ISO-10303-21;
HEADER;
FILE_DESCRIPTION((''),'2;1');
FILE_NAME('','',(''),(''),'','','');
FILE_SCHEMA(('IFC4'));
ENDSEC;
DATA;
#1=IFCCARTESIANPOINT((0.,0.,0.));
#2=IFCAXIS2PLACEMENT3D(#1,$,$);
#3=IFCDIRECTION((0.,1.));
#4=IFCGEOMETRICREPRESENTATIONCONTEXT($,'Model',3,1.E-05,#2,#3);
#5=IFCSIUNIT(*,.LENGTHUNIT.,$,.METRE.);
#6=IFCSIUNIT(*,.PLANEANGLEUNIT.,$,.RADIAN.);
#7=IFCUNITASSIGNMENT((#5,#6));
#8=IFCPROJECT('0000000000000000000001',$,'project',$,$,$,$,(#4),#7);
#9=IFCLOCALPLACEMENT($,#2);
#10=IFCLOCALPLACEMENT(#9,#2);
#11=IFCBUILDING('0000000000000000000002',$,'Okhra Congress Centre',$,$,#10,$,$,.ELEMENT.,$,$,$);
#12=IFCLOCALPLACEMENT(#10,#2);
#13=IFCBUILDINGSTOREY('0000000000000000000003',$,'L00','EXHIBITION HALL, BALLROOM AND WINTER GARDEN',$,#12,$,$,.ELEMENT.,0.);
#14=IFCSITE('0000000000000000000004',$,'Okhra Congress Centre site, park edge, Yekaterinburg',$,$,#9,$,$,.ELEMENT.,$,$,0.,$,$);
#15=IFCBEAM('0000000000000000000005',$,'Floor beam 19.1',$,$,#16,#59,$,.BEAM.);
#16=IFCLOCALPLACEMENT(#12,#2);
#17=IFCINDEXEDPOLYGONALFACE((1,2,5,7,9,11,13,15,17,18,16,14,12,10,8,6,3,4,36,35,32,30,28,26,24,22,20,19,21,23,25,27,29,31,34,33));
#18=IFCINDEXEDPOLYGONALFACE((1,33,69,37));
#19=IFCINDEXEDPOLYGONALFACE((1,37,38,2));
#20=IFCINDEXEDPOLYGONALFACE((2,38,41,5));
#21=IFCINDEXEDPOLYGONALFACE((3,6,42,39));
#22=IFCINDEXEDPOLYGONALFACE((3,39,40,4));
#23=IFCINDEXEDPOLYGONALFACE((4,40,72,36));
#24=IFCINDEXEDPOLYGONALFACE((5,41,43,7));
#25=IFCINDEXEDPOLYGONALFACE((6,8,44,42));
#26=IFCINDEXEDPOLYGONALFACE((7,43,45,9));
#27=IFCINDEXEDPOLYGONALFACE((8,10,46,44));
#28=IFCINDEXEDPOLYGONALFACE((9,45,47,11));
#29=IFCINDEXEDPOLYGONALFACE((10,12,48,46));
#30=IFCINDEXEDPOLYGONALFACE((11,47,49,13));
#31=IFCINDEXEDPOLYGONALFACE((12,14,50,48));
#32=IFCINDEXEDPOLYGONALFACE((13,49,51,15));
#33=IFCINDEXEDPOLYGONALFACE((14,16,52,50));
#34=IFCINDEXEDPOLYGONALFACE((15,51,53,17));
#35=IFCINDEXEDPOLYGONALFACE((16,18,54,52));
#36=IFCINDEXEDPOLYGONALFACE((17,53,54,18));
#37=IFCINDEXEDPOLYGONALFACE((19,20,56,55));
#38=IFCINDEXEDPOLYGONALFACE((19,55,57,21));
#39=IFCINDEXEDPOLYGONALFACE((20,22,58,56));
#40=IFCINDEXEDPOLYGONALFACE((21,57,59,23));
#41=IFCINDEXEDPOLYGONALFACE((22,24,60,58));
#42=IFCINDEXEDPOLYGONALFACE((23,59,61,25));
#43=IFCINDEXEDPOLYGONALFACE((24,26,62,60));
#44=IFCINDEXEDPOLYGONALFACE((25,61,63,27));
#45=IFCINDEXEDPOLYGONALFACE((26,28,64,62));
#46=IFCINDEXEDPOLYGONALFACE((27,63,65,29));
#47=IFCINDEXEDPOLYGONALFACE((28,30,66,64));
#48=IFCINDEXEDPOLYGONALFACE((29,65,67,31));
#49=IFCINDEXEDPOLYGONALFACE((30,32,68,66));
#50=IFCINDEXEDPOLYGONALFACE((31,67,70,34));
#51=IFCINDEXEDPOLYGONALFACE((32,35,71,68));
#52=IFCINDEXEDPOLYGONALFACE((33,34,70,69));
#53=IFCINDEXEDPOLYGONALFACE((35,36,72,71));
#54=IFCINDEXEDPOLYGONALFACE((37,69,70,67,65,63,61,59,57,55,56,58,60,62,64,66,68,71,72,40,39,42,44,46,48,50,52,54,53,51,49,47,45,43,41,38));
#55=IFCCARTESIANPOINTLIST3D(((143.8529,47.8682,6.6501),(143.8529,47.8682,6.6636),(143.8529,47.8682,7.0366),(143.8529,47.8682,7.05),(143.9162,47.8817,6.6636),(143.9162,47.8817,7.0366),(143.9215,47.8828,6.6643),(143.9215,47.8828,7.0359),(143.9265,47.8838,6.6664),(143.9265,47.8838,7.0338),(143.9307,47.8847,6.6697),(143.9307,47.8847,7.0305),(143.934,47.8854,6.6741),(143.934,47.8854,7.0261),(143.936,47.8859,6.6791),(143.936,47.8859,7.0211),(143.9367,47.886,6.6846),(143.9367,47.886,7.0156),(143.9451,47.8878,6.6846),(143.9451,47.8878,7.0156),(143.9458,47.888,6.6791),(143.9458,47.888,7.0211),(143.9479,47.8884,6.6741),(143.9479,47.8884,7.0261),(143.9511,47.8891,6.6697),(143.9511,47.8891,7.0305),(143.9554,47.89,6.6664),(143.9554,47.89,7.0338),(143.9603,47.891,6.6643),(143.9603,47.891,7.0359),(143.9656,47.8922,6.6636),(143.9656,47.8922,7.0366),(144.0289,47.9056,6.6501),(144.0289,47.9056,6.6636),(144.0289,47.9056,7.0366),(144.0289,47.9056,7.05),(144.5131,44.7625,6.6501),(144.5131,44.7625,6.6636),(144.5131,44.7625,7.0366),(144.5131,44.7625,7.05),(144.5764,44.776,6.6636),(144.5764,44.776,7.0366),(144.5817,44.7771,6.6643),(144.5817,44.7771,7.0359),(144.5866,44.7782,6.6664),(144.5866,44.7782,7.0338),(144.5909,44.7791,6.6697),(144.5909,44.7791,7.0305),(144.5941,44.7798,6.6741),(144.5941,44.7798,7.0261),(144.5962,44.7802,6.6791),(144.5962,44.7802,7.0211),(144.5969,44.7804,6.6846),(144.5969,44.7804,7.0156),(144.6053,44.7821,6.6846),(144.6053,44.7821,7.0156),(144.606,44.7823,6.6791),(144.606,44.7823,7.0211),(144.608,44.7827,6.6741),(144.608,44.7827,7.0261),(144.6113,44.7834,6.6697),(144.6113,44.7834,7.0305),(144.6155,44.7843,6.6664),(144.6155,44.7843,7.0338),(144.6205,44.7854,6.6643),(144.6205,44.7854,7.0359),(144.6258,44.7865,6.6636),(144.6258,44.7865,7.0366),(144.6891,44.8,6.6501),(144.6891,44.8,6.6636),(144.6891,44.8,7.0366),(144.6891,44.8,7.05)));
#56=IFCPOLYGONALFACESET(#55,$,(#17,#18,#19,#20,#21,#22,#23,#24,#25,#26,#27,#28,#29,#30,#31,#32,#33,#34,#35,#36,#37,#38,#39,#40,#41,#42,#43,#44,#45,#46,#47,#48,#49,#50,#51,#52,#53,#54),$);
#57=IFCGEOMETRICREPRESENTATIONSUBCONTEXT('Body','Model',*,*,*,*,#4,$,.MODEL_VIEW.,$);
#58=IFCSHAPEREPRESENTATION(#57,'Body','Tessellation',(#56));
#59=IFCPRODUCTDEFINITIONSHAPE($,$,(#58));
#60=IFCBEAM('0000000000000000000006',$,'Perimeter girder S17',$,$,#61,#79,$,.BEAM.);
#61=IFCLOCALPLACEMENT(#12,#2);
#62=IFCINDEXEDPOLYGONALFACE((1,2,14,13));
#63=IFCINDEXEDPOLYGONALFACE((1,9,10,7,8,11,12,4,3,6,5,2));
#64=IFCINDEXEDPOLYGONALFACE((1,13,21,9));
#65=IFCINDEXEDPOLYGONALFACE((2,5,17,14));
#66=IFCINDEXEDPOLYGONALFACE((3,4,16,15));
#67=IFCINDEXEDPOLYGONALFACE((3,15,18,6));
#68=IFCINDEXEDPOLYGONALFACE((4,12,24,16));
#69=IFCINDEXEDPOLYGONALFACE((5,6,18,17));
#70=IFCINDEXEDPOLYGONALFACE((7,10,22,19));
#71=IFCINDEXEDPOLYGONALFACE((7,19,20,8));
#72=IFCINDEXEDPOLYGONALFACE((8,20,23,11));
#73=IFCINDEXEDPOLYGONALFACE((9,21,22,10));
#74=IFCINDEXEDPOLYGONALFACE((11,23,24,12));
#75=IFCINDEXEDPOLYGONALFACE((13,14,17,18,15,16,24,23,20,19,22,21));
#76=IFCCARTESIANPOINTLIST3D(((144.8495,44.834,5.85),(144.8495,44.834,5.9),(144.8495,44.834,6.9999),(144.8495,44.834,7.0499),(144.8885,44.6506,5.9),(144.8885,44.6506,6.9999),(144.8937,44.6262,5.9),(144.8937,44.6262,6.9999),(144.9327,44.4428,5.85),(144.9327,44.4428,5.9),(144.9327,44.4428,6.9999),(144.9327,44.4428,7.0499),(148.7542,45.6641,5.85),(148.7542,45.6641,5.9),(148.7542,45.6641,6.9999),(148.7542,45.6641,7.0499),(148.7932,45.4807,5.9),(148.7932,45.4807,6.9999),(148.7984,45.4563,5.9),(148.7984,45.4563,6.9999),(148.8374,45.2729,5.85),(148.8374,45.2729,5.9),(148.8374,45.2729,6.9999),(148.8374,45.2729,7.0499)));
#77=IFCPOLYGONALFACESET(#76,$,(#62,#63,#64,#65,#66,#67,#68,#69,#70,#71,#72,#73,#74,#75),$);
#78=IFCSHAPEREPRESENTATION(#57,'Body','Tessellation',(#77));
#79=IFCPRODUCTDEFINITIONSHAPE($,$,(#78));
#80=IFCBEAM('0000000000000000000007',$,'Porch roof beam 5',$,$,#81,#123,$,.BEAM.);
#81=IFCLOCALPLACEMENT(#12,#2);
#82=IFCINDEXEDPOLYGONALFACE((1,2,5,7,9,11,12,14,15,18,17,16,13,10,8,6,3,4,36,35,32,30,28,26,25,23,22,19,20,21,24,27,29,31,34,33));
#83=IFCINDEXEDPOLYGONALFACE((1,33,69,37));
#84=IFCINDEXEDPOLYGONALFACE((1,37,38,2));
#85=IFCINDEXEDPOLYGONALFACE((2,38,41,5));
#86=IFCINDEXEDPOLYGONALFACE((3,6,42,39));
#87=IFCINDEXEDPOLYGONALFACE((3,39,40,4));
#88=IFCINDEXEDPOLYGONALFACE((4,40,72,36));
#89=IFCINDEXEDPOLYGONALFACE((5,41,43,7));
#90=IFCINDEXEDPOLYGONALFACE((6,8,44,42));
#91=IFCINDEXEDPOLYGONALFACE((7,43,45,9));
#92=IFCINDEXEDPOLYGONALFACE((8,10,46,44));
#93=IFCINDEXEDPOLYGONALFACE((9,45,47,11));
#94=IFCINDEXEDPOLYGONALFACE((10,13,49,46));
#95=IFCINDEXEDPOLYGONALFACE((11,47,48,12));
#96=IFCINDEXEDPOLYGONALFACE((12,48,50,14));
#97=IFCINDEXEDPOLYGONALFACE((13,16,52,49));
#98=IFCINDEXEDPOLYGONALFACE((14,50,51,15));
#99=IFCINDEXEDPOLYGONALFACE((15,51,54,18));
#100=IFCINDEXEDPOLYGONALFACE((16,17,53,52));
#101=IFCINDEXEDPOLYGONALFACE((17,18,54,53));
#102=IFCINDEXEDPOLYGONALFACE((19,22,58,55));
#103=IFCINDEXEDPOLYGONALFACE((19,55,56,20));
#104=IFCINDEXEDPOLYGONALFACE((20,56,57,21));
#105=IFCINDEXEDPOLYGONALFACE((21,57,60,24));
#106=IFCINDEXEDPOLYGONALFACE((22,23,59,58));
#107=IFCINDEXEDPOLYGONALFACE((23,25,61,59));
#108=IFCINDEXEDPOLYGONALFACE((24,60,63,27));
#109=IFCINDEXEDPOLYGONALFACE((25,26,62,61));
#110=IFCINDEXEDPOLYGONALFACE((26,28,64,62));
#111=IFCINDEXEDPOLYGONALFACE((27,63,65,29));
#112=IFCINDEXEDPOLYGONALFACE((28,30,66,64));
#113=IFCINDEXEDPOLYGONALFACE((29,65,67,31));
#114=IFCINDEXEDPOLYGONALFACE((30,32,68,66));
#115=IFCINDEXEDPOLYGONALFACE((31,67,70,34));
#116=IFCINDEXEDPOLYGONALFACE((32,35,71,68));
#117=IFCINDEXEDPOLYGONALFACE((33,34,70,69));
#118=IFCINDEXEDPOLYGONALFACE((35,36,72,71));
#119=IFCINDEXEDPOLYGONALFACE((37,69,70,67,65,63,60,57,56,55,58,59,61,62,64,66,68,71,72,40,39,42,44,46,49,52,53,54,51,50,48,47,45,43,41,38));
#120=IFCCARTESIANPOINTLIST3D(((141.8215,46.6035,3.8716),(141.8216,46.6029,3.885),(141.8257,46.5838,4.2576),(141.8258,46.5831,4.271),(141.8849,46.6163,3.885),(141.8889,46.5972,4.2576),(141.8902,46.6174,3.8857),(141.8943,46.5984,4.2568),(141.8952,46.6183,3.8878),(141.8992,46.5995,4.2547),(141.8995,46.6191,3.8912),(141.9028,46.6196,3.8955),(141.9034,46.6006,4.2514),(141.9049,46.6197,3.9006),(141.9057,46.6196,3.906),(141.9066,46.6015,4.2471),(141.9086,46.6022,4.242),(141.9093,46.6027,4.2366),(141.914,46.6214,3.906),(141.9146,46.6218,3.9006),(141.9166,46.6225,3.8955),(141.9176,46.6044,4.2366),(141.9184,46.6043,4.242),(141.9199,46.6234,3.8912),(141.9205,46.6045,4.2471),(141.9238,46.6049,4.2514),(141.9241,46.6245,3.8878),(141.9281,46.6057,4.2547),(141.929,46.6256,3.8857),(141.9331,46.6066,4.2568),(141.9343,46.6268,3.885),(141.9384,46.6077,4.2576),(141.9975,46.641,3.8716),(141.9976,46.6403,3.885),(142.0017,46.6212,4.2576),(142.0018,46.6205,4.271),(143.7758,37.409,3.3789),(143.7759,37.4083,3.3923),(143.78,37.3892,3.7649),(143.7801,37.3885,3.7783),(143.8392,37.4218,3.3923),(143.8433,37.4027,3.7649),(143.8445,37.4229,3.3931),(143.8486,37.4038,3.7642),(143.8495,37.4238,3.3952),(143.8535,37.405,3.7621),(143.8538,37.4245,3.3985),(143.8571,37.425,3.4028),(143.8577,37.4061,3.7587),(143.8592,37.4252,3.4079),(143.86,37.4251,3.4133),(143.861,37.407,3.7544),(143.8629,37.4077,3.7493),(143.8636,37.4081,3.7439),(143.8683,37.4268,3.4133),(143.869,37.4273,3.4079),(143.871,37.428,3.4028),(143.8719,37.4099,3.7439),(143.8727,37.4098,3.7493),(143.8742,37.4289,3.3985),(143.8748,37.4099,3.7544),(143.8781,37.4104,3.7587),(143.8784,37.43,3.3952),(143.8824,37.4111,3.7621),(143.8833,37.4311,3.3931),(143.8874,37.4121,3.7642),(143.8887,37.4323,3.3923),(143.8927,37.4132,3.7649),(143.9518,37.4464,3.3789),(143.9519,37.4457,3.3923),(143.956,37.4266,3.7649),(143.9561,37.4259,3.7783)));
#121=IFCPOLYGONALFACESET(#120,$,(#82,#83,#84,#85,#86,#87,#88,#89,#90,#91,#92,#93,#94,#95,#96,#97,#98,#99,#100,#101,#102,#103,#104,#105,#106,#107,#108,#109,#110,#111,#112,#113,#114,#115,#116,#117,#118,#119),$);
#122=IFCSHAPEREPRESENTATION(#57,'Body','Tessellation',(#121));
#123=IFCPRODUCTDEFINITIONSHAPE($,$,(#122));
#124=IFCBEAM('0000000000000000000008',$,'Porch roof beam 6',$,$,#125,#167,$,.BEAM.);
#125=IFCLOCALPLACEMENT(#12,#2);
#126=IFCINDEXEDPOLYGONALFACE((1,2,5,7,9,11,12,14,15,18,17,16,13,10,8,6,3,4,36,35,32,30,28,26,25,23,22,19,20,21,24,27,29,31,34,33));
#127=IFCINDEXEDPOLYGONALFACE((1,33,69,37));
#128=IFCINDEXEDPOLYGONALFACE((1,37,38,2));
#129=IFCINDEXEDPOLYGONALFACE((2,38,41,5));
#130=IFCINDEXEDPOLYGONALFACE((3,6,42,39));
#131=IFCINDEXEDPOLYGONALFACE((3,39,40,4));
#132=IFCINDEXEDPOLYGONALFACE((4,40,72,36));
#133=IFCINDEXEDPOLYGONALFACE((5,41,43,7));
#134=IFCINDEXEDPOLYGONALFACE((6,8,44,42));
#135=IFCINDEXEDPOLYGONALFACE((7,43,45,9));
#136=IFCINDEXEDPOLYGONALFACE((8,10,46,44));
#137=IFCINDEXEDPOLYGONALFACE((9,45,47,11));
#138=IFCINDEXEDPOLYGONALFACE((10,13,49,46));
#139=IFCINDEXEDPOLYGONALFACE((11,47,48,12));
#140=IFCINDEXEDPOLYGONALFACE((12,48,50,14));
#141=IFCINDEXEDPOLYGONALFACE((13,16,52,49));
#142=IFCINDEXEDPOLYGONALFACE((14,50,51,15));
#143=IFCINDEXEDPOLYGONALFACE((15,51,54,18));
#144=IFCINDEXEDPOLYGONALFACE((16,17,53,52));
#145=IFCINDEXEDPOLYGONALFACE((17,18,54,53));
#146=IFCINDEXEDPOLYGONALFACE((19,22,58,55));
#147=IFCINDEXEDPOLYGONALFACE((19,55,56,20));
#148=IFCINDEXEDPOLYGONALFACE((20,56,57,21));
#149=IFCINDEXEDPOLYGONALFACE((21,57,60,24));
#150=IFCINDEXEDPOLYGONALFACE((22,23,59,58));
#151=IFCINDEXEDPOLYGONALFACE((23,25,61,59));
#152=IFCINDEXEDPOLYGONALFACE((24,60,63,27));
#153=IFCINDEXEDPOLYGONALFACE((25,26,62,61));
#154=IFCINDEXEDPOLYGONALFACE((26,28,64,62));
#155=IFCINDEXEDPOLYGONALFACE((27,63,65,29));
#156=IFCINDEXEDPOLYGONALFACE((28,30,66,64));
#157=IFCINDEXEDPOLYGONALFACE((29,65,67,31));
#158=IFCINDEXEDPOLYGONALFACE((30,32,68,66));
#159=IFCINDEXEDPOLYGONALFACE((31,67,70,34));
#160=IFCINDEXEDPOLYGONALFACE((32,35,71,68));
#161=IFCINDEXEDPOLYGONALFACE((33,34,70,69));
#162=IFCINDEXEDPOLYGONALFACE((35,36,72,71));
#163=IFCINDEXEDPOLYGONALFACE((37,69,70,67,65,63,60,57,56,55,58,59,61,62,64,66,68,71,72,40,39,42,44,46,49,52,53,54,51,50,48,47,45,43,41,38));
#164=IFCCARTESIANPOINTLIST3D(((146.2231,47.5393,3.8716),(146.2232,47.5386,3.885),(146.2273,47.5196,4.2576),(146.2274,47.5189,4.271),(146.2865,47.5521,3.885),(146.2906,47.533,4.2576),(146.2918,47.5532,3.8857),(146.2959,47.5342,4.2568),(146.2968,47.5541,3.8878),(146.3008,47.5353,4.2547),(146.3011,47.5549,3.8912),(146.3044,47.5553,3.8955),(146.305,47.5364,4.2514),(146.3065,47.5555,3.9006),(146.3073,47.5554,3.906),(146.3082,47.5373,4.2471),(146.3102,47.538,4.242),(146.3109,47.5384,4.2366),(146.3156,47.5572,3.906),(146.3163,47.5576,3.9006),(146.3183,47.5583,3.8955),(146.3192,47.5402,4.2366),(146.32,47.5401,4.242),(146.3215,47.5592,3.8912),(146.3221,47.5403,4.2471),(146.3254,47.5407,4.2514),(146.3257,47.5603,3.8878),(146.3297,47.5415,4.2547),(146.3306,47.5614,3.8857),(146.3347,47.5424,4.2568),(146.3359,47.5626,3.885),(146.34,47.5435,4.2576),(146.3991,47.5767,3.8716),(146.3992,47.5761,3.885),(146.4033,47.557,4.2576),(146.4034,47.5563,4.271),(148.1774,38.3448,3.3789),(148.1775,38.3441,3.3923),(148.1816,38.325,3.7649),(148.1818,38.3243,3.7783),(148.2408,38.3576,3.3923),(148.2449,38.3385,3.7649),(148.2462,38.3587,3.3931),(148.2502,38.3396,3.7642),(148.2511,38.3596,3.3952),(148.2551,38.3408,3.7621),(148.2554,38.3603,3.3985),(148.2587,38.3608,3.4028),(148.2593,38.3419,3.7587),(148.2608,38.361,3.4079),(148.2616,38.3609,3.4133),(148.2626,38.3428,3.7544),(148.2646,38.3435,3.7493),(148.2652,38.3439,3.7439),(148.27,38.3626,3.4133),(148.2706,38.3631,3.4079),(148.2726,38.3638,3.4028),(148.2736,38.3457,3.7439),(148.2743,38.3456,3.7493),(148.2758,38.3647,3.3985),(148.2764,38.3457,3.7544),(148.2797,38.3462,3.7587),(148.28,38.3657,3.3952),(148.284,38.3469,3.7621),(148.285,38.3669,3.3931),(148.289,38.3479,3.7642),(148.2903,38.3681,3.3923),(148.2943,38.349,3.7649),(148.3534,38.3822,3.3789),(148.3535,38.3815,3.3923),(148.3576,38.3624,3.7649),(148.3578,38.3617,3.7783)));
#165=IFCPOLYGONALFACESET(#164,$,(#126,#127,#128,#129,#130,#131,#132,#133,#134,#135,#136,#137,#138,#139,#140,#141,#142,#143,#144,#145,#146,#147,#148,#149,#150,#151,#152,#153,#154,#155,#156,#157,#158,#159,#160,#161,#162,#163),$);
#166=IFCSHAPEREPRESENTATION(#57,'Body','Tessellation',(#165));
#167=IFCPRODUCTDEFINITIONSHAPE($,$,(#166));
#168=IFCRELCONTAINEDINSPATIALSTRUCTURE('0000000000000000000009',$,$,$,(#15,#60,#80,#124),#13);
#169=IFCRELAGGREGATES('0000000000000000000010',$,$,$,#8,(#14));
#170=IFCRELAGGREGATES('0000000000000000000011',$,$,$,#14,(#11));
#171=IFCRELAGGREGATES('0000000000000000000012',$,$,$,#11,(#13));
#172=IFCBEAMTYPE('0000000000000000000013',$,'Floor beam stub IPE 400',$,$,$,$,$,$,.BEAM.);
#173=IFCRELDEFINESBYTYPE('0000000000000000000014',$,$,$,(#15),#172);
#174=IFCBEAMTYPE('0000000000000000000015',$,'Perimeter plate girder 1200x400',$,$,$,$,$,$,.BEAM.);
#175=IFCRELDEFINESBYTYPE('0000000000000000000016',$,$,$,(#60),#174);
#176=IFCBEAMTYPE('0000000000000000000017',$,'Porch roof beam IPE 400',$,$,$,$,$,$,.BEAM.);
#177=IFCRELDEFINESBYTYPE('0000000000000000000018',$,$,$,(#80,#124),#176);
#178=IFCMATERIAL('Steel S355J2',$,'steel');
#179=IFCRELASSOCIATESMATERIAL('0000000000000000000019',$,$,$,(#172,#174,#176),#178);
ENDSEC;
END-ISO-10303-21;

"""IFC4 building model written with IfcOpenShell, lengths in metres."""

from ifc_helpers import new_model, si_unit, direction, frame, origin, origin_2d, place, context, subcontext, project, spatial, i_section, extrude, material, material_profile, profile_set, type_object, element, save


model = new_model("IFC4")

# Units and contexts
model_context = context("Model", 3, precision=1e-05, world=origin(), true_north=direction((0.0, 1.0)))
body_context = subcontext(model_context, "Body", "Model", "MODEL_VIEW")
ifc_project = project(units=[si_unit("LENGTHUNIT", "METRE"), si_unit("PLANEANGLEUNIT", "RADIAN")], contexts=[model_context])

# Site, building, storey
site_placement = place(None, origin())
site = spatial("IfcSite", under=ifc_project, at=site_placement, Name="Okhra Congress Centre site, park edge, Yekaterinburg", CompositionType="ELEMENT", RefElevation=0.0)
building_placement = place(site_placement, origin())
building = spatial("IfcBuilding", under=site, at=building_placement, Name="Okhra Congress Centre", CompositionType="ELEMENT")
storey_placement = place(building_placement, origin())
storey = spatial("IfcBuildingStorey", under=building, at=storey_placement, Name="L00", Description="EXHIBITION HALL, BALLROOM AND WINTER GARDEN", CompositionType="ELEMENT", Elevation=0.0)

# Beams
ifc_material_1 = material(Name="Steel S355J2", Category="steel")
ifc_material_profile_1 = material_profile(ifc_material_1, i_section(OverallWidth=0.1799, OverallDepth=0.3999, WebThickness=0.0085, FlangeThickness=0.0134, FilletRadius=0.021, at=origin_2d()), Name="IPE 400")
ifc_profile_set_1 = profile_set([ifc_material_profile_1], Name="Steel S355J2")
beam_type_1 = type_object("IfcBeamType", Name="Floor beam stub IPE 400", PredefinedType="BEAM", material=ifc_profile_set_1)
beam_1_placement = place(storey_placement, frame((144.6011, 44.7812, 6.8501), z_axis=(-0.207917, 0.978147, 0.0), x_axis=(-0.978147, -0.207917, 0.0)))
element("IfcBeam", 1, at=beam_1_placement, inside=storey, type_object=beam_type_1, Name="Floor beam 19.1", PredefinedType="BEAM", context=body_context, shape_type="SweptSolid", body=[
    extrude(i_section(OverallWidth=0.1799, OverallDepth=0.3999, WebThickness=0.0085, FlangeThickness=0.0134, FilletRadius=0.021, at=origin_2d()), origin(), (0.0, 0.0, 1.0), 3.175),
])
ifc_material_profile_2 = material_profile(ifc_material_1, i_section(OverallWidth=0.3999, OverallDepth=1.2, WebThickness=0.0249, FlangeThickness=0.05, at=origin_2d()), Name="Plate girder 1200x400")
ifc_profile_set_2 = profile_set([ifc_material_profile_2], Name="Steel S355J2")
beam_type_2 = type_object("IfcBeamType", Name="Perimeter plate girder 1200x400", PredefinedType="BEAM", material=ifc_profile_set_2)
beam_2_placement = place(storey_placement, frame((144.8911, 44.6384, 6.45), z_axis=(0.978143, 0.207933, 0.0), x_axis=(-0.207933, 0.978143, 0.0)))
element("IfcBeam", 2, at=beam_2_placement, inside=storey, type_object=beam_type_2, Name="Perimeter girder S17", PredefinedType="BEAM", context=body_context, shape_type="SweptSolid", body=[
    extrude(i_section(OverallWidth=0.3999, OverallDepth=1.2, WebThickness=0.0249, FlangeThickness=0.05, at=origin_2d()), origin(), (0.0, 0.0, 1.0), 3.9919),
])
ifc_material_profile_3 = material_profile(ifc_material_1, i_section(OverallWidth=0.1799, OverallDepth=0.3999, WebThickness=0.0085, FlangeThickness=0.0134, FilletRadius=0.021, at=origin_2d()), Name="IPE 400")
ifc_profile_set_3 = profile_set([ifc_material_profile_3], Name="Steel S355J2")
beam_type_3 = type_object("IfcBeamType", Name="Porch roof beam IPE 400", PredefinedType="BEAM", material=ifc_profile_set_3)
for number, where, z_axis, x_axis, name in (
    (3, (143.866, 37.4175, 3.5786), (-0.207624, 0.976807, 0.052341), (-0.978148, -0.207909, 0.0), "Porch roof beam 5"),
    (4, (148.2676, 38.3533, 3.5786), (-0.207624, 0.976807, 0.052341), (-0.978148, -0.207909, 0.0), "Porch roof beam 6"),
):
    element("IfcBeam", number, at=place(storey_placement, frame(where, z_axis=z_axis, x_axis=x_axis)), inside=storey, type_object=beam_type_3, Name=name, PredefinedType="BEAM", context=body_context, shape_type="SweptSolid", body=[
        extrude(i_section(OverallWidth=0.1799, OverallDepth=0.3999, WebThickness=0.0085, FlangeThickness=0.0134, FilletRadius=0.021, at=origin_2d()), origin(), (0.0, 0.0, 1.0), 9.4128),
    ])

save(model, "model.ifc")
